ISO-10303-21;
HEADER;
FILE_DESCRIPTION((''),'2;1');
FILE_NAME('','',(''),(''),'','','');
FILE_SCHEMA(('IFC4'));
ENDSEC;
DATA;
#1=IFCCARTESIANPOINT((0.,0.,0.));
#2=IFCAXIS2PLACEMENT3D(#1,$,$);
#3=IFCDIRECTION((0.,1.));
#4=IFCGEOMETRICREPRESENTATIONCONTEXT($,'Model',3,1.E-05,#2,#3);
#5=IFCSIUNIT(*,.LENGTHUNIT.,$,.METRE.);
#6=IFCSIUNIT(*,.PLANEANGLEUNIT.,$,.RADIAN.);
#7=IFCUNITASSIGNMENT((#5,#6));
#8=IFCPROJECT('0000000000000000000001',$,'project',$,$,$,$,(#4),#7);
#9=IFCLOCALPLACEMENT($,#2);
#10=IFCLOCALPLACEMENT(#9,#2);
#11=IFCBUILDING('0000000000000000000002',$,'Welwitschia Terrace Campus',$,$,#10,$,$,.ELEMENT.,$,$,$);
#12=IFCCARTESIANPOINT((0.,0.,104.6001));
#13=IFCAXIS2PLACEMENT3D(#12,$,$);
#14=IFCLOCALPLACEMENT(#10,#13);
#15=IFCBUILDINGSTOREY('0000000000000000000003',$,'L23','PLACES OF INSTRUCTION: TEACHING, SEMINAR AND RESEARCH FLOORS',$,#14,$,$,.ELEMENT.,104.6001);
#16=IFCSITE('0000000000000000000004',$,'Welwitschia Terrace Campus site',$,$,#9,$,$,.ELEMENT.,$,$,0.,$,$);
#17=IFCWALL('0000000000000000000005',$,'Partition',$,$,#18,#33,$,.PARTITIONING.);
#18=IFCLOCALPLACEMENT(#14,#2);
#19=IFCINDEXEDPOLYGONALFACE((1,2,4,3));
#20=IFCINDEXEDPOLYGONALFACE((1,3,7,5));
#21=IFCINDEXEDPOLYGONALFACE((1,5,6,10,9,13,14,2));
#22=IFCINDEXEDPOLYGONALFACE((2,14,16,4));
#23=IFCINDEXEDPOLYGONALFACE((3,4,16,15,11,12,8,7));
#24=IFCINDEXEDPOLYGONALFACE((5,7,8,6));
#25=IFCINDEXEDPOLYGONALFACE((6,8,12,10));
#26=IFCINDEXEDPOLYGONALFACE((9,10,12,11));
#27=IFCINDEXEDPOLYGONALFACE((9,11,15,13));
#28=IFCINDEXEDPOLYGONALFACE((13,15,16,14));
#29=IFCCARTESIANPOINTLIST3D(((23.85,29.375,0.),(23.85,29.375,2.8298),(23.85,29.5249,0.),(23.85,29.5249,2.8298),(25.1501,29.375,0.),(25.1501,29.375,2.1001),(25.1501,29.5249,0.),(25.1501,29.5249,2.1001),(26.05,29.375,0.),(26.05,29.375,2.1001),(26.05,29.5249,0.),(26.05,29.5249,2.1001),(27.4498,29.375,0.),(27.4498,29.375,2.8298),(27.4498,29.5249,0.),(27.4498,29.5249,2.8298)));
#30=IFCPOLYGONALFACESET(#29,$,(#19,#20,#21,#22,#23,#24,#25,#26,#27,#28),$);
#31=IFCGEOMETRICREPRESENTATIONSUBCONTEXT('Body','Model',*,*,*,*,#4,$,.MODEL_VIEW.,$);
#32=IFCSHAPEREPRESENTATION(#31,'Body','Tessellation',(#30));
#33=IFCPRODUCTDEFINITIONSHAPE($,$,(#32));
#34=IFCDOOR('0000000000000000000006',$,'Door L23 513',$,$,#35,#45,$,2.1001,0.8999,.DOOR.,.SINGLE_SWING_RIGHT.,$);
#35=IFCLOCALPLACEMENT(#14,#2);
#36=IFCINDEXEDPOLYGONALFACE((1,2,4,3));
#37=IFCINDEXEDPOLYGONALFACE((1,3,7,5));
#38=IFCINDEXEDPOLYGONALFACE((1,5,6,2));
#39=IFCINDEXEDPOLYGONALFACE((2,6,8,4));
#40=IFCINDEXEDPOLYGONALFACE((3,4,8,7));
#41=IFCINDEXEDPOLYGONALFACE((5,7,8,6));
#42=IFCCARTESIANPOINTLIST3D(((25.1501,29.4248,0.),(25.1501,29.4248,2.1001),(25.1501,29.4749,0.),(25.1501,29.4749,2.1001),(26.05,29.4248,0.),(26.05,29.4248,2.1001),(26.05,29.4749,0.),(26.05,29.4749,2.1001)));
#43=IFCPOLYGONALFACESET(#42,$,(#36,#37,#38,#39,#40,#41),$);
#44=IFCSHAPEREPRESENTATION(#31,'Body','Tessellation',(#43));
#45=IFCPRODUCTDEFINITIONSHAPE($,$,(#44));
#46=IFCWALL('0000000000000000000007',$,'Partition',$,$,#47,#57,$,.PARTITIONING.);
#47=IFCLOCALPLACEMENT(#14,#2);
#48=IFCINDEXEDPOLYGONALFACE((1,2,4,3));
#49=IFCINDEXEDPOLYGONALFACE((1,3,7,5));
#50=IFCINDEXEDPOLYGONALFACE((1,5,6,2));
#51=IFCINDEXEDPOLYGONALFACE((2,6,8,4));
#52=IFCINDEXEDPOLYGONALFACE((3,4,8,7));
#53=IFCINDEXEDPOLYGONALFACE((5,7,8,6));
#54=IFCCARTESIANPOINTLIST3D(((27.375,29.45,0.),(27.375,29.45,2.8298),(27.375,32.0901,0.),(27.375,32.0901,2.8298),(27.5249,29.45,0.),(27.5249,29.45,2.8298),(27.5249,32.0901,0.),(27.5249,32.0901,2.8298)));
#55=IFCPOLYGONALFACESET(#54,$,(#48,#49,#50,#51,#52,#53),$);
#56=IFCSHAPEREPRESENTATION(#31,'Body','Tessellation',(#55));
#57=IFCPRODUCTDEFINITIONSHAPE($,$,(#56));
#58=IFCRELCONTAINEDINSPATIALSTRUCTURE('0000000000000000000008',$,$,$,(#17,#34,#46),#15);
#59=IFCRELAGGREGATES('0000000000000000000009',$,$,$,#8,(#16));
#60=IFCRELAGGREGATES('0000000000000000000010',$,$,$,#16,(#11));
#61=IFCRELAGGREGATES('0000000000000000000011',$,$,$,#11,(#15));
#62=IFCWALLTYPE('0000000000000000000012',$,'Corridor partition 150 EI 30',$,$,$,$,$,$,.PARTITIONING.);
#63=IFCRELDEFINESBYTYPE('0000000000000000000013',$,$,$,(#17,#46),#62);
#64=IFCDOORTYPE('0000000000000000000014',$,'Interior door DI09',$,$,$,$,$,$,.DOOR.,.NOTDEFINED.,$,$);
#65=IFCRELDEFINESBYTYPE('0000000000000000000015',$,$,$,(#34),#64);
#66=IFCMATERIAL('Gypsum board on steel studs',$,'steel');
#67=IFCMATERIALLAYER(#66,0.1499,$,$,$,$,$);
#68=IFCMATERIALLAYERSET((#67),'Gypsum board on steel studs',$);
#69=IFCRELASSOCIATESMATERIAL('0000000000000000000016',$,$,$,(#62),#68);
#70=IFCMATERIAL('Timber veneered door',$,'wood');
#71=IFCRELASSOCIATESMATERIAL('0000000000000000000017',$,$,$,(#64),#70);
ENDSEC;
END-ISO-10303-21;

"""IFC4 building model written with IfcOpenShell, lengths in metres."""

from ifc_helpers import new_model, si_unit, direction, frame, frame_2d, origin, place, context, subcontext, project, spatial, rectangle, extrude, material, layer, layer_set, type_object, element, fill, save


model = new_model("IFC4")

# Units and contexts
model_context = context("Model", 3, precision=1e-05, world=origin(), true_north=direction((0.0, 1.0)))
body_context = subcontext(model_context, "Body", "Model", "MODEL_VIEW")
ifc_project = project(units=[si_unit("LENGTHUNIT", "METRE"), si_unit("PLANEANGLEUNIT", "RADIAN")], contexts=[model_context])

# Site, building, storey
site_placement = place(None, origin())
site = spatial("IfcSite", under=ifc_project, at=site_placement, Name="Welwitschia Terrace Campus site", CompositionType="ELEMENT", RefElevation=0.0)
building_placement = place(site_placement, origin())
building = spatial("IfcBuilding", under=site, at=building_placement, Name="Welwitschia Terrace Campus", CompositionType="ELEMENT")
storey_placement = place(building_placement, frame((0.0, 0.0, 104.6001)))
storey = spatial("IfcBuildingStorey", under=building, at=storey_placement, Name="L23", Description="PLACES OF INSTRUCTION: TEACHING, SEMINAR AND RESEARCH FLOORS", CompositionType="ELEMENT", Elevation=104.6001)

# Shared definitions
ifc_material_1 = material(Name="Gypsum board on steel studs", Category="steel")
ifc_layer_1 = layer(ifc_material_1, 0.1499)
ifc_layer_set_1 = layer_set([ifc_layer_1], Name="Gypsum board on steel studs")
wall_type = type_object("IfcWallType", Name="Corridor partition 150 EI 30", PredefinedType="PARTITIONING", material=ifc_layer_set_1)

# Shared definitions
ifc_material_2 = material(Name="Timber veneered door", Category="wood")
door_type = type_object("IfcDoorType", Name="Interior door DI09", OperationType="NOTDEFINED", PredefinedType="DOOR", material=ifc_material_2)

# Wall, opening, door
wall_1_placement = place(storey_placement, frame((23.8501, 29.45, 0.0), z_axis=(0.0, 0.0, 1.0), x_axis=(1.0, 0.0, 0.0)))
wall_1 = element("IfcWall", 1, at=wall_1_placement, inside=storey, type_object=wall_type, Name="Partition", PredefinedType="PARTITIONING", context=body_context, shape_type="SweptSolid", body=[
    extrude(rectangle(XDim=3.5999, YDim=0.1499, at=frame_2d((1.7998, 0.0))), origin(), (0.0, 0.0, 1.0), 2.8298),
])
opening_1_placement = place(wall_1_placement, frame((1.3, 0.0, 0.0)))
opening_1 = element("IfcOpeningElement", 2, at=opening_1_placement, cuts=wall_1, PredefinedType="OPENING", context=body_context, shape_type="SweptSolid", body=[
    extrude(rectangle(XDim=0.8999, YDim=2.1001, at=frame_2d((0.45, 1.05))), frame((0.0, 0.085, 0.0), z_axis=(0.0, -1.0, 0.0), x_axis=(1.0, 0.0, 0.0)), (0.0, 0.0, 1.0), 0.1699),
])
door_1_placement = place(opening_1_placement, origin())
door_1 = element("IfcDoor", 3, at=door_1_placement, inside=storey, type_object=door_type, Name="Door L23 513", OperationType="SINGLE_SWING_RIGHT", OverallHeight=2.1001, OverallWidth=0.8999, PredefinedType="DOOR", context=body_context, shape_type="SweptSolid", body=[
    extrude(rectangle(XDim=0.8999, YDim=2.1001, at=frame_2d((0.45, 1.05))), frame((0.0, 0.0249, 0.0), z_axis=(0.0, -1.0, 0.0), x_axis=(1.0, 0.0, 0.0)), (0.0, 0.0, 1.0), 0.05),
])
fill(opening_1, door_1)

# Wall
wall_2_placement = place(storey_placement, frame((27.45, 29.45, 0.0), z_axis=(0.0, 0.0, 1.0), x_axis=(0.0, 1.0, 0.0)))
element("IfcWall", 4, at=wall_2_placement, inside=storey, type_object=wall_type, Name="Partition", PredefinedType="PARTITIONING", context=body_context, shape_type="SweptSolid", body=[
    extrude(rectangle(XDim=2.6401, YDim=0.1499, at=frame_2d((1.3201, 0.0))), origin(), (0.0, 0.0, 1.0), 2.8298),
])

save(model, "model.ifc")
